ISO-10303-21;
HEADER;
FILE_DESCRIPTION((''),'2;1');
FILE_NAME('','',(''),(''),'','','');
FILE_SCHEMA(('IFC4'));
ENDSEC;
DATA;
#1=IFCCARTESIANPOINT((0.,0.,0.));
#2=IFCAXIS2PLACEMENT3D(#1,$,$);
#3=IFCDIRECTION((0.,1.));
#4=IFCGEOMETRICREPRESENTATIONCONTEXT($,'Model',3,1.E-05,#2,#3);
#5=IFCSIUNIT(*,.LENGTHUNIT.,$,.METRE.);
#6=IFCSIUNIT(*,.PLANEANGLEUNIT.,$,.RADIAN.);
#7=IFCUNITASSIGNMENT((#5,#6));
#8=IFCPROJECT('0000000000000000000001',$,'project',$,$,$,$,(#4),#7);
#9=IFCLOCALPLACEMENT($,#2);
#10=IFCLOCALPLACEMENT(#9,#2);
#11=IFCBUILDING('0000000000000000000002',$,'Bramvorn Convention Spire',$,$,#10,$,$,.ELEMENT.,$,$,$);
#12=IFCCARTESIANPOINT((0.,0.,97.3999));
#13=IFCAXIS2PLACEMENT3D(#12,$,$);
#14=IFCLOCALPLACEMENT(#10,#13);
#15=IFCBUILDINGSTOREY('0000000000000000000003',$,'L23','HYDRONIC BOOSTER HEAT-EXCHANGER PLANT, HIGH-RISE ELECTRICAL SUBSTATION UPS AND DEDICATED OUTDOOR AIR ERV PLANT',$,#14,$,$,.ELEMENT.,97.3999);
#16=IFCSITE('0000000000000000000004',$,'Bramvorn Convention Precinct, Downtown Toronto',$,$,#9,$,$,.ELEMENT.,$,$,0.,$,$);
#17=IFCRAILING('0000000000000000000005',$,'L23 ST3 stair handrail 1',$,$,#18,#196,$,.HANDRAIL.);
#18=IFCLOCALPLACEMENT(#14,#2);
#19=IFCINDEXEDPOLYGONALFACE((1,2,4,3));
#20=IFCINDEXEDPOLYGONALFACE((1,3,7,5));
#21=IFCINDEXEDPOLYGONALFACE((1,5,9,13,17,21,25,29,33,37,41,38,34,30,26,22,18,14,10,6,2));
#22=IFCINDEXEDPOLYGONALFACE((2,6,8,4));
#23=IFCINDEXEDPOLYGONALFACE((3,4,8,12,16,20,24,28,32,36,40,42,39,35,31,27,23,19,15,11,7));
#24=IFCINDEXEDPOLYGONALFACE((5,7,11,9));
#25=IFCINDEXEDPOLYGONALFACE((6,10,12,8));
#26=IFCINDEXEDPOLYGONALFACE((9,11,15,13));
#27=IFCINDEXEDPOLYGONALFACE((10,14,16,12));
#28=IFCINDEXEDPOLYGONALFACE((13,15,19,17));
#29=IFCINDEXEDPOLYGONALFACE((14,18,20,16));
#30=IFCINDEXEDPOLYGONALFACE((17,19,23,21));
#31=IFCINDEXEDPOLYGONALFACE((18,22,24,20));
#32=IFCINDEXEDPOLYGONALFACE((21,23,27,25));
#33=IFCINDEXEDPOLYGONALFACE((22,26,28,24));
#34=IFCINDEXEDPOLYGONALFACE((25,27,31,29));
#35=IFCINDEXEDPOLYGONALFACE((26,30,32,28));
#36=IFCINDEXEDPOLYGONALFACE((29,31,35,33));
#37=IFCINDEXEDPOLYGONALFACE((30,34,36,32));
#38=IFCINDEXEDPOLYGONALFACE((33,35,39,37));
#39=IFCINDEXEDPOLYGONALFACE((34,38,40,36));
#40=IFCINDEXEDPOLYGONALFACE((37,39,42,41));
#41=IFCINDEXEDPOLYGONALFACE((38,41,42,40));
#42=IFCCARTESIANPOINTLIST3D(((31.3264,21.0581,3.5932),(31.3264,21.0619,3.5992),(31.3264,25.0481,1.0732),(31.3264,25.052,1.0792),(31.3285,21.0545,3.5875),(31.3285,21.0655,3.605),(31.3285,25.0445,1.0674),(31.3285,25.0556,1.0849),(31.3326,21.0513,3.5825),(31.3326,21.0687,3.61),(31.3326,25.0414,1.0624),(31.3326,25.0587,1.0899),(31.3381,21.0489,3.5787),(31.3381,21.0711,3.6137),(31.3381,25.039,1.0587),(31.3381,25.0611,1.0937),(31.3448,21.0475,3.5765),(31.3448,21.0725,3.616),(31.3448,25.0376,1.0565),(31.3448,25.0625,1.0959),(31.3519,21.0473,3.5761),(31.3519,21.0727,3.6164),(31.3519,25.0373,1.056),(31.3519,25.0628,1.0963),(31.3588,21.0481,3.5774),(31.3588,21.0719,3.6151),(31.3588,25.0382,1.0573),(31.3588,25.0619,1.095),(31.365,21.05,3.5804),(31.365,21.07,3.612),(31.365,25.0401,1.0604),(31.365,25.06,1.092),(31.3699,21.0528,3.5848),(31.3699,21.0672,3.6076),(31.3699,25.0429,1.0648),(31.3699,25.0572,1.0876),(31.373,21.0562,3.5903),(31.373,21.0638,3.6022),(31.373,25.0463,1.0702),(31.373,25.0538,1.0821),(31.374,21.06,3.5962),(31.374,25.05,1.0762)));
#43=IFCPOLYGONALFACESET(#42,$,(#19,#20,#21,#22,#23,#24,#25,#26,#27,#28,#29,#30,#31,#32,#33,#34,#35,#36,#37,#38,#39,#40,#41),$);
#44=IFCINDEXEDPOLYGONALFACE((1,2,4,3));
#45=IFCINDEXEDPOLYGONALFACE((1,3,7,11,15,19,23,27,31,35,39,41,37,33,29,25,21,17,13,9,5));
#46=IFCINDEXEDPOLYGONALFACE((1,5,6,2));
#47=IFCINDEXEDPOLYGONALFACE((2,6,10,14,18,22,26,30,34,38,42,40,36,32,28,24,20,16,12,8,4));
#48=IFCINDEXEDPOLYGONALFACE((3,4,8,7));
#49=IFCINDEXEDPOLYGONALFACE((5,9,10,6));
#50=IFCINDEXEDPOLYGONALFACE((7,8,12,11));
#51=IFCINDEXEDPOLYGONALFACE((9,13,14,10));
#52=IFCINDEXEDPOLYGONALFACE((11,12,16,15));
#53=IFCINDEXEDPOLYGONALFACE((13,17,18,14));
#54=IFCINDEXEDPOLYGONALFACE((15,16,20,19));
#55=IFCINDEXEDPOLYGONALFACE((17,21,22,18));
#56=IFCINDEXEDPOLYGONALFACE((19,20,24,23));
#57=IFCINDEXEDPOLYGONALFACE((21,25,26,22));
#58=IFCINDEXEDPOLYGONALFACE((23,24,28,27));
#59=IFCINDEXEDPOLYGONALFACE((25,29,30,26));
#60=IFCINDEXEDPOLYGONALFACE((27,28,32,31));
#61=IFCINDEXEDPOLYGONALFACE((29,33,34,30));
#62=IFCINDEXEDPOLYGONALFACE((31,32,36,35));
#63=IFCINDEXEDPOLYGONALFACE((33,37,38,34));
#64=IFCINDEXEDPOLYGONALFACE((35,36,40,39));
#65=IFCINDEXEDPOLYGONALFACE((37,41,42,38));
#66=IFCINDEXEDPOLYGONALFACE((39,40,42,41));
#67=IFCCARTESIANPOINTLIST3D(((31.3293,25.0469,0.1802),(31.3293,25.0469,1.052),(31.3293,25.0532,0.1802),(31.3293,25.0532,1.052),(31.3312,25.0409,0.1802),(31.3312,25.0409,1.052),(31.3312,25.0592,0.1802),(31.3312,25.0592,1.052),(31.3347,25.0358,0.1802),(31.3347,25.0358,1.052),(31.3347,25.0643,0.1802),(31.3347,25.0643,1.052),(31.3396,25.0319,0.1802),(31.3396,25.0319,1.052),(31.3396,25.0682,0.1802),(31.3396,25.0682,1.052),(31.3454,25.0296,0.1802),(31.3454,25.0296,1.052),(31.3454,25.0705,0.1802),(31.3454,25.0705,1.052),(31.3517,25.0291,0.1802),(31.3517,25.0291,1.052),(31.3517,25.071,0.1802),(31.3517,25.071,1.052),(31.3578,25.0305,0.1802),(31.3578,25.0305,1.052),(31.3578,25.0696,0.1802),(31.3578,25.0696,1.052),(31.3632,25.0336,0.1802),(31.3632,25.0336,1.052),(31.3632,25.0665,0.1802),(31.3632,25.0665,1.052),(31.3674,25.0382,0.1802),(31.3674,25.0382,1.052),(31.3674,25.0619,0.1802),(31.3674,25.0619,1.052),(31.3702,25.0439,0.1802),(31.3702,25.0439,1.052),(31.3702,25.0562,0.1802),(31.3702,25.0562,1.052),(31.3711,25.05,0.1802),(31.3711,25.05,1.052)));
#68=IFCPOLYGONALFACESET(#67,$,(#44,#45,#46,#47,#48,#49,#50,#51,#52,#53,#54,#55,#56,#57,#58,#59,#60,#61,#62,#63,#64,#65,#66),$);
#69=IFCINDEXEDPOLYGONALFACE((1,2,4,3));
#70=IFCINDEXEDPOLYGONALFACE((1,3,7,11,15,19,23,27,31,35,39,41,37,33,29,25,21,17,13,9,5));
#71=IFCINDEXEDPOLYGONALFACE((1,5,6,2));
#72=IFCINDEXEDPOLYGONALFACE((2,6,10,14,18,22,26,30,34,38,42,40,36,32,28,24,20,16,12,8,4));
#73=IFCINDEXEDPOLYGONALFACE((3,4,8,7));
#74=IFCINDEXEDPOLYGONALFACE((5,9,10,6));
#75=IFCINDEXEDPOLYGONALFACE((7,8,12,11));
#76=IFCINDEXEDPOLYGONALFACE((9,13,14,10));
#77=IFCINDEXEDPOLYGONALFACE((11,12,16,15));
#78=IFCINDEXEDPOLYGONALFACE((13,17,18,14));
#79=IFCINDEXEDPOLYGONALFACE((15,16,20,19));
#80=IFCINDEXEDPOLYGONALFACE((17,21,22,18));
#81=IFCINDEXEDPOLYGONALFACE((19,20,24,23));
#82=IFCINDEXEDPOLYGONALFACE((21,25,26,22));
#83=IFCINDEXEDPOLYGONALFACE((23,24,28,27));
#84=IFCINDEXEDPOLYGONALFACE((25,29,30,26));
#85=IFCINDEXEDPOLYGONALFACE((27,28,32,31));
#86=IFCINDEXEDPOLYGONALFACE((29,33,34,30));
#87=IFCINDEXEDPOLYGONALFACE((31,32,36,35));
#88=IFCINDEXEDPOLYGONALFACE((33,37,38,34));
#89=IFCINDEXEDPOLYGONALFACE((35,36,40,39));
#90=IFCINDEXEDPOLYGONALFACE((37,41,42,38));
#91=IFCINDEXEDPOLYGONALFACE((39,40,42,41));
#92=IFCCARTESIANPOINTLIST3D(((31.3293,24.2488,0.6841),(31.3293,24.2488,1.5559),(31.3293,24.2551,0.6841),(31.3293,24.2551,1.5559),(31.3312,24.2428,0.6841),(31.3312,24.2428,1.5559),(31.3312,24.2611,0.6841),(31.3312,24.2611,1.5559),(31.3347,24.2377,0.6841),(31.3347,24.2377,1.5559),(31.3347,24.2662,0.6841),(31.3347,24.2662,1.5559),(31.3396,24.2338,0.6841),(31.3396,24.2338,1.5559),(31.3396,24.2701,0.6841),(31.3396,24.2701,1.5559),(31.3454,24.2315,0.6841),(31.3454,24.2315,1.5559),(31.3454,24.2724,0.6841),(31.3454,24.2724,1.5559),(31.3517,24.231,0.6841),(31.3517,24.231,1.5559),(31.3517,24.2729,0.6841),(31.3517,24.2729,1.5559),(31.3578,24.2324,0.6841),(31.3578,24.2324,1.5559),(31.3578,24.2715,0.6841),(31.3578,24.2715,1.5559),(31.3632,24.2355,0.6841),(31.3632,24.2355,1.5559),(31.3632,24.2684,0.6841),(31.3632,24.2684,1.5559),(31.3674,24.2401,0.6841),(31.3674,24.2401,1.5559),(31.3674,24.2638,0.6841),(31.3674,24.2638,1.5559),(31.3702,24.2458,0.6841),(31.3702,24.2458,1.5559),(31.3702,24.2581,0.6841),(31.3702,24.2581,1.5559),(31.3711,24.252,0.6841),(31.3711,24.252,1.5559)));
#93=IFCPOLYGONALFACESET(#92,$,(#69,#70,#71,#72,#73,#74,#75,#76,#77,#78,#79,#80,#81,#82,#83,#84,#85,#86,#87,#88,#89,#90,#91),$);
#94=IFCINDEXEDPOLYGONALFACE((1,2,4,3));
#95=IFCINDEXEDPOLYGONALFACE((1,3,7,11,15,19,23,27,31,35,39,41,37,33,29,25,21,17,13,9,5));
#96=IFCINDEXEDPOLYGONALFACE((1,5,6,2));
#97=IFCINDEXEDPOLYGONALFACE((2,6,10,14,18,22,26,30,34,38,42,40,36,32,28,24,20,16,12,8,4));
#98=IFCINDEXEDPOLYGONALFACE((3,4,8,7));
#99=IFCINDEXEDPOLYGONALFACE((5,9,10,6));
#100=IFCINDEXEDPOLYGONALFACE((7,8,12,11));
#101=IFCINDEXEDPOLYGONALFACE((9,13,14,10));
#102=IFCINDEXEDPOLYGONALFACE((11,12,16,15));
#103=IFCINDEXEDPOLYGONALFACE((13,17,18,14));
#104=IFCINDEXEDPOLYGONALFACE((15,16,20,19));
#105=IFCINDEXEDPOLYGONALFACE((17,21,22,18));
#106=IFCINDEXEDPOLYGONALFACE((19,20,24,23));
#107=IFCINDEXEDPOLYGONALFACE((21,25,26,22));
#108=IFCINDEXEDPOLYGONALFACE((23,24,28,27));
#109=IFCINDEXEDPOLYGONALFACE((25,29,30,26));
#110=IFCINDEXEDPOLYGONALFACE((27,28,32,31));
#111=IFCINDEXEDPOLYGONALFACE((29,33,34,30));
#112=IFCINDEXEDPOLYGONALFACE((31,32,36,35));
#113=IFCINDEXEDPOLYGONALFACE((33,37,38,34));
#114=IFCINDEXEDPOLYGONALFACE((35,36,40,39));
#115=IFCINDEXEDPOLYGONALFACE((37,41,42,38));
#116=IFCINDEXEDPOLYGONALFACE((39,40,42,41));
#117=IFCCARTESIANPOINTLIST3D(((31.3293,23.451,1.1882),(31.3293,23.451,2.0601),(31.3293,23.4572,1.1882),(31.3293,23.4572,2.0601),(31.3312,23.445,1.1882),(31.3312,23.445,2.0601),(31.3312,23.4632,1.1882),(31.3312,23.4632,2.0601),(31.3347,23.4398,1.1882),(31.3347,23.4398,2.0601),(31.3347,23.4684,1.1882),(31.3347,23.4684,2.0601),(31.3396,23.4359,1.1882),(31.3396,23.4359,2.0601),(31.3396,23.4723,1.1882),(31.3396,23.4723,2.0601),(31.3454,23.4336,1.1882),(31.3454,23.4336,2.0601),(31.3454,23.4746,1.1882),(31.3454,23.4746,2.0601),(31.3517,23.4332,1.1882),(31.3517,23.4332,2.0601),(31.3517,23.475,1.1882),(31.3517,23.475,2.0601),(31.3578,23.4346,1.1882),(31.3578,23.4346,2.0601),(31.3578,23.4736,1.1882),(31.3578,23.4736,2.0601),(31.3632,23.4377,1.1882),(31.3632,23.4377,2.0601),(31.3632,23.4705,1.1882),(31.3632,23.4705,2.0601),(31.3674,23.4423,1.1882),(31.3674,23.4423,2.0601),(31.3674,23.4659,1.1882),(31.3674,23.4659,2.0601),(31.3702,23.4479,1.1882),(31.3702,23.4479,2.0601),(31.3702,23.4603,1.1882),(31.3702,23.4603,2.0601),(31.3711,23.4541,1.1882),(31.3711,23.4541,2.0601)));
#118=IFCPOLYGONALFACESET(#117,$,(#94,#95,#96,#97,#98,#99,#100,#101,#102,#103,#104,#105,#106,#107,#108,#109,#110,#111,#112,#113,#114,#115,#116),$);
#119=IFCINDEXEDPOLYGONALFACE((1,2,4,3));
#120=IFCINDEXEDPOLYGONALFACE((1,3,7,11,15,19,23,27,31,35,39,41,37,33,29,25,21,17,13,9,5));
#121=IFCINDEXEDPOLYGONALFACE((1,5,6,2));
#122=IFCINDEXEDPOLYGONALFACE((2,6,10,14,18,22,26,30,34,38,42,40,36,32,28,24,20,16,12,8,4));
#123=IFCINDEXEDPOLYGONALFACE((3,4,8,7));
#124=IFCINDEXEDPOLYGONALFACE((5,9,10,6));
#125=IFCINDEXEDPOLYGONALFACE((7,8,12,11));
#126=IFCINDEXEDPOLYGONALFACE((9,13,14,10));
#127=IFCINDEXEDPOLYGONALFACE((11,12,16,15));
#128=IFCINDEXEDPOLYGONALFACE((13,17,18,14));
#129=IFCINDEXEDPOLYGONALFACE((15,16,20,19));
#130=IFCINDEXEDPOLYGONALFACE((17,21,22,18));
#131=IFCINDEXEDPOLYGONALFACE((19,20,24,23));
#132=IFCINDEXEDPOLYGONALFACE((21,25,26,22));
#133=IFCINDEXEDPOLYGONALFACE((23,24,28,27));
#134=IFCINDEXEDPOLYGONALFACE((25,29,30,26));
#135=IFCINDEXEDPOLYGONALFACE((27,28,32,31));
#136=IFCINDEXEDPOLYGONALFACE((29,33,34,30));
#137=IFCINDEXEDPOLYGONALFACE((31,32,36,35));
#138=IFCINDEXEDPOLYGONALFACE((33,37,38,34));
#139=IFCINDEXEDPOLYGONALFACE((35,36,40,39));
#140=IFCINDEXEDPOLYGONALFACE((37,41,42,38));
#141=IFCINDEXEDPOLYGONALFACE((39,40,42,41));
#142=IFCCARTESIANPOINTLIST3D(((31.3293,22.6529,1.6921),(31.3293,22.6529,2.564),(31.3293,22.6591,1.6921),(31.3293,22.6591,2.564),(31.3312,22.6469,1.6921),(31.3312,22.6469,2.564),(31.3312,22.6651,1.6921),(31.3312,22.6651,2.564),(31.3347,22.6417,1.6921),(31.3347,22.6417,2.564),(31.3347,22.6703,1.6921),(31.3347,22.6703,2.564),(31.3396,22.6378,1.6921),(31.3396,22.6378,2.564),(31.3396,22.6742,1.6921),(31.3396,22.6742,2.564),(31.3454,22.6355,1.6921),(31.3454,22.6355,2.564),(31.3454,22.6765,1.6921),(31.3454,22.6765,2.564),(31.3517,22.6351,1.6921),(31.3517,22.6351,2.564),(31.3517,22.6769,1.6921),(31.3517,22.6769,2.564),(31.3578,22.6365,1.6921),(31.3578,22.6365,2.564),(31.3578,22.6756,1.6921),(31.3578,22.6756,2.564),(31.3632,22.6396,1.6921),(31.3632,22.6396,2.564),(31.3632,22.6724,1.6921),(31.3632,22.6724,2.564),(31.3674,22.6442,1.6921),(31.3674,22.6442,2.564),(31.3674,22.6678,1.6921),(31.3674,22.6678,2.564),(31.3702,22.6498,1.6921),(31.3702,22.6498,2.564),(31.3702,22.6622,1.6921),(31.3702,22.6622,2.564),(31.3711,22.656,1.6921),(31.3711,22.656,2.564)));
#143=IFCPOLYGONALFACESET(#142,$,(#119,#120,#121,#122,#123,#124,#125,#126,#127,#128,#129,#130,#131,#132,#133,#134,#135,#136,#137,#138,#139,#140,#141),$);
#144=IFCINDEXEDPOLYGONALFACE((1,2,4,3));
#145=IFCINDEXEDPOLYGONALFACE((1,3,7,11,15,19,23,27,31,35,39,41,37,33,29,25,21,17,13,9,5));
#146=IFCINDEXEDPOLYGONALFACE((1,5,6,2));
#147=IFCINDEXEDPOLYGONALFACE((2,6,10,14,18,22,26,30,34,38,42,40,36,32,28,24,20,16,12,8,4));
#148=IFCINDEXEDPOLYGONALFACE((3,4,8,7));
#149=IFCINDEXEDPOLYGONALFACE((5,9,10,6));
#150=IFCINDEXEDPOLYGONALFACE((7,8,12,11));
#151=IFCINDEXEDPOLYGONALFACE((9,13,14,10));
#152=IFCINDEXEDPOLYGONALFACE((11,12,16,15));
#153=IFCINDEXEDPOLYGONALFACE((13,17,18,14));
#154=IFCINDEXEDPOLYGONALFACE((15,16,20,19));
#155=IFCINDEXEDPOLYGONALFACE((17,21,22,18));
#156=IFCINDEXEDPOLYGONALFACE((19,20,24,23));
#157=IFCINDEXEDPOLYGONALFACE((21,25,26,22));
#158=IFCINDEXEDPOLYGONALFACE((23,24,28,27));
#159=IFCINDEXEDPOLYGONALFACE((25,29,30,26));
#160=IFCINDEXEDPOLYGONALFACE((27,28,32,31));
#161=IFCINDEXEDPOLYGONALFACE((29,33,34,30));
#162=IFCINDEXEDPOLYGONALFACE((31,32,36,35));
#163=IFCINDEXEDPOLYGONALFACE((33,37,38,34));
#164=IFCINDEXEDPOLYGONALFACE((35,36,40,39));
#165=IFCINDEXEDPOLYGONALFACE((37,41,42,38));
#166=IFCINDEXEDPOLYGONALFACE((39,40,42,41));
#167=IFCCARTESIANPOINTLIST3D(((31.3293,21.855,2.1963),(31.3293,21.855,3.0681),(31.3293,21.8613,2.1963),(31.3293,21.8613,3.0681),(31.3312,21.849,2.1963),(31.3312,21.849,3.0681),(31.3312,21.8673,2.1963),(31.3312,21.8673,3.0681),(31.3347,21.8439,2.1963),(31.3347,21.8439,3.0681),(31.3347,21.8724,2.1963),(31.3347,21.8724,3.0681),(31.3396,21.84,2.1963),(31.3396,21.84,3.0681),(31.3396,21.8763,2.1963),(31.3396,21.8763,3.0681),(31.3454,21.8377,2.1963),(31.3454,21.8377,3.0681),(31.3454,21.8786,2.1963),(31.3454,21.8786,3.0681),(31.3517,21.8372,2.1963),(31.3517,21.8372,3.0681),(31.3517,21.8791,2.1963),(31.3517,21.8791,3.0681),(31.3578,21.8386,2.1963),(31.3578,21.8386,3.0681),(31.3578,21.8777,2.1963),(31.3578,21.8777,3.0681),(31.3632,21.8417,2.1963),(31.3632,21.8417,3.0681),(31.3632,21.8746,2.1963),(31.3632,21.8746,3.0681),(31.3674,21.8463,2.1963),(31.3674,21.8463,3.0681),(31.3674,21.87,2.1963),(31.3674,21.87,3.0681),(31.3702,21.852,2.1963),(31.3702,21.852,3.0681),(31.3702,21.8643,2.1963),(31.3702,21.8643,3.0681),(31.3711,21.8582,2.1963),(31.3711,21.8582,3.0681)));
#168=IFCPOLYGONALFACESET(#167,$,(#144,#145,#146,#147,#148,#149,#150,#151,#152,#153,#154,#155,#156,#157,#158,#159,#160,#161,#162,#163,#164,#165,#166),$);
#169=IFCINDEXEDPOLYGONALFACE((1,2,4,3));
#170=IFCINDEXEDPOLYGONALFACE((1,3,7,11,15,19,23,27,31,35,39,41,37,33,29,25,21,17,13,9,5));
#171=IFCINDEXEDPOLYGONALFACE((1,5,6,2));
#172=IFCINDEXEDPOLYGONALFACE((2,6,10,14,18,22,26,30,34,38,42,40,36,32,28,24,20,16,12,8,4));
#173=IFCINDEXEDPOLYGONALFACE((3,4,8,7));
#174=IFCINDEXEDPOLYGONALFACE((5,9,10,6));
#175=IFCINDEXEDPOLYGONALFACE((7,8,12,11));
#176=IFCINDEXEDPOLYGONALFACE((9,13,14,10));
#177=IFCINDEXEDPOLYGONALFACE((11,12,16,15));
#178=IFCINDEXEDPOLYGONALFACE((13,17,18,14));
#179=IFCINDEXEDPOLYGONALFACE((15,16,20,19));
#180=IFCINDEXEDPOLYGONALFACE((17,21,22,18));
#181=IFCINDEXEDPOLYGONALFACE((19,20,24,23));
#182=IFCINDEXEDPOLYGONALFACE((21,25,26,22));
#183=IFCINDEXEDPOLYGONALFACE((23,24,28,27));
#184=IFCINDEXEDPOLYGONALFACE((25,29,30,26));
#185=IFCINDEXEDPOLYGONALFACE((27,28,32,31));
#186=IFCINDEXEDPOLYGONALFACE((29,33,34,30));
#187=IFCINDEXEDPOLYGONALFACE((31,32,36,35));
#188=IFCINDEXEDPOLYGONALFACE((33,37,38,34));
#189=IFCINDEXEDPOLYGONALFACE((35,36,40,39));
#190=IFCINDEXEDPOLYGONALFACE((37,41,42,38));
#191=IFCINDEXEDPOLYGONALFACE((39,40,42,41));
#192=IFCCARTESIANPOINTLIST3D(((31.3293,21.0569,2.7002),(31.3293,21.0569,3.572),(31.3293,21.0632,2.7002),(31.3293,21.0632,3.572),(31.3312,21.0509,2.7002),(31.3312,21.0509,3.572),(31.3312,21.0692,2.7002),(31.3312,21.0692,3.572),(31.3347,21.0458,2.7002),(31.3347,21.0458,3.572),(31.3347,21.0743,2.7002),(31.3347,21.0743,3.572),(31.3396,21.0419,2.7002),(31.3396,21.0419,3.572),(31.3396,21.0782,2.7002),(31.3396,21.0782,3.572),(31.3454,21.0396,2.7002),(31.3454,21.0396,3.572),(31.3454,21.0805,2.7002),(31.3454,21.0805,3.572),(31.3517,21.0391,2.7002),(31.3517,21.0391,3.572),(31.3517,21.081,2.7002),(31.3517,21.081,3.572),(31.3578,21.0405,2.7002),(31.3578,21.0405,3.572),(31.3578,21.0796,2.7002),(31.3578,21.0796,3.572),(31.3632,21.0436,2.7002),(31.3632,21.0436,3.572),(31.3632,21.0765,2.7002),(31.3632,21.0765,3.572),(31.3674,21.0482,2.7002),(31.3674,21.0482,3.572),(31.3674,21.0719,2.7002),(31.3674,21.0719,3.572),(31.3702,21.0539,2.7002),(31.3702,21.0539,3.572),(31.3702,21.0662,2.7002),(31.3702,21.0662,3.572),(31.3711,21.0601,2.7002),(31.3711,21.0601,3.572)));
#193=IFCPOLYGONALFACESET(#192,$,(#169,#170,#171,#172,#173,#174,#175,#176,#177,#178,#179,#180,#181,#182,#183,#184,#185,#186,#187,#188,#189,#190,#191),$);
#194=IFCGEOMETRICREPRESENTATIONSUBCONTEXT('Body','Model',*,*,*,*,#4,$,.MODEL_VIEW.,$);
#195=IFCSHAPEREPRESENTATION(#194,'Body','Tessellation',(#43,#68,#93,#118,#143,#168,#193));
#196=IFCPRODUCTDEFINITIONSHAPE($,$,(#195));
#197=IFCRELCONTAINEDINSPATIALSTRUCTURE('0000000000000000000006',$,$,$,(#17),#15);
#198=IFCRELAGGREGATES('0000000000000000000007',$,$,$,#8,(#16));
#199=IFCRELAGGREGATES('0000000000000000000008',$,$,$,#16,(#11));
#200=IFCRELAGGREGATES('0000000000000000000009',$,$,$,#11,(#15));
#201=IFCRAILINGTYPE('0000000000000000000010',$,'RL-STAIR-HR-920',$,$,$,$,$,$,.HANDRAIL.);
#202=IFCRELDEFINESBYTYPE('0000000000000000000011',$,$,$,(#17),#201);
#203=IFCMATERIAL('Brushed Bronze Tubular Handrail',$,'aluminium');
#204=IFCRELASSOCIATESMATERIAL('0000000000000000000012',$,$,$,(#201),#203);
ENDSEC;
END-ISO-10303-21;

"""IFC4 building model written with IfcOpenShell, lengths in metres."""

from ifc_helpers import new_model, si_unit, direction, frame, origin, origin_2d, place, context, subcontext, project, spatial, circle, extrude, material, type_object, element, save


model = new_model("IFC4")

# Units and contexts
model_context = context("Model", 3, precision=1e-05, world=origin(), true_north=direction((0.0, 1.0)))
body_context = subcontext(model_context, "Body", "Model", "MODEL_VIEW")
ifc_project = project(units=[si_unit("LENGTHUNIT", "METRE"), si_unit("PLANEANGLEUNIT", "RADIAN")], contexts=[model_context])

# Site, building, storey
site_placement = place(None, origin())
site = spatial("IfcSite", under=ifc_project, at=site_placement, Name="Bramvorn Convention Precinct, Downtown Toronto", CompositionType="ELEMENT", RefElevation=0.0)
building_placement = place(site_placement, origin())
building = spatial("IfcBuilding", under=site, at=building_placement, Name="Bramvorn Convention Spire", CompositionType="ELEMENT")
storey_placement = place(building_placement, frame((0.0, 0.0, 97.3999)))
storey = spatial("IfcBuildingStorey", under=building, at=storey_placement, Name="L23", Description="HYDRONIC BOOSTER HEAT-EXCHANGER PLANT, HIGH-RISE ELECTRICAL SUBSTATION UPS AND DEDICATED OUTDOOR AIR ERV PLANT", CompositionType="ELEMENT", Elevation=97.3999)

# Railing
ifc_material_1 = material(Name="Brushed Bronze Tubular Handrail", Category="aluminium")
railing_type_1 = type_object("IfcRailingType", Name="RL-STAIR-HR-920", PredefinedType="HANDRAIL", material=ifc_material_1)
railing_1_placement = place(storey_placement, frame((31.3501, 25.05, 0.1802)))
element("IfcRailing", 1, at=railing_1_placement, inside=storey, type_object=railing_type_1, Name="L23 ST3 stair handrail 1", PredefinedType="HANDRAIL", context=body_context, shape_type="SweptSolid", body=[
    extrude(circle(Radius=0.0239, at=origin_2d()), frame((0.0, 0.0, 0.896), z_axis=(0.0, -0.845486, 0.533997), x_axis=(1.0, 0.0, 0.0)), (0.0, 0.0, 1.0), 4.7192),
    extrude(circle(Radius=0.021, at=origin_2d()), origin(), (0.0, 0.0, 1.0), 0.8718),
    extrude(circle(Radius=0.021, at=origin_2d()), frame((0.0, -0.7981, 0.5039)), (0.0, 0.0, 1.0), 0.8718),
    extrude(circle(Radius=0.021, at=origin_2d()), frame((0.0, -1.5959, 1.0081)), (0.0, 0.0, 1.0), 0.8718),
    extrude(circle(Radius=0.021, at=origin_2d()), frame((0.0, -2.394, 1.512)), (0.0, 0.0, 1.0), 0.8718),
    extrude(circle(Radius=0.021, at=origin_2d()), frame((0.0, -3.1919, 2.0161)), (0.0, 0.0, 1.0), 0.8718),
    extrude(circle(Radius=0.021, at=origin_2d()), frame((0.0, -3.99, 2.52)), (0.0, 0.0, 1.0), 0.8718),
])

save(model, "model.ifc")
